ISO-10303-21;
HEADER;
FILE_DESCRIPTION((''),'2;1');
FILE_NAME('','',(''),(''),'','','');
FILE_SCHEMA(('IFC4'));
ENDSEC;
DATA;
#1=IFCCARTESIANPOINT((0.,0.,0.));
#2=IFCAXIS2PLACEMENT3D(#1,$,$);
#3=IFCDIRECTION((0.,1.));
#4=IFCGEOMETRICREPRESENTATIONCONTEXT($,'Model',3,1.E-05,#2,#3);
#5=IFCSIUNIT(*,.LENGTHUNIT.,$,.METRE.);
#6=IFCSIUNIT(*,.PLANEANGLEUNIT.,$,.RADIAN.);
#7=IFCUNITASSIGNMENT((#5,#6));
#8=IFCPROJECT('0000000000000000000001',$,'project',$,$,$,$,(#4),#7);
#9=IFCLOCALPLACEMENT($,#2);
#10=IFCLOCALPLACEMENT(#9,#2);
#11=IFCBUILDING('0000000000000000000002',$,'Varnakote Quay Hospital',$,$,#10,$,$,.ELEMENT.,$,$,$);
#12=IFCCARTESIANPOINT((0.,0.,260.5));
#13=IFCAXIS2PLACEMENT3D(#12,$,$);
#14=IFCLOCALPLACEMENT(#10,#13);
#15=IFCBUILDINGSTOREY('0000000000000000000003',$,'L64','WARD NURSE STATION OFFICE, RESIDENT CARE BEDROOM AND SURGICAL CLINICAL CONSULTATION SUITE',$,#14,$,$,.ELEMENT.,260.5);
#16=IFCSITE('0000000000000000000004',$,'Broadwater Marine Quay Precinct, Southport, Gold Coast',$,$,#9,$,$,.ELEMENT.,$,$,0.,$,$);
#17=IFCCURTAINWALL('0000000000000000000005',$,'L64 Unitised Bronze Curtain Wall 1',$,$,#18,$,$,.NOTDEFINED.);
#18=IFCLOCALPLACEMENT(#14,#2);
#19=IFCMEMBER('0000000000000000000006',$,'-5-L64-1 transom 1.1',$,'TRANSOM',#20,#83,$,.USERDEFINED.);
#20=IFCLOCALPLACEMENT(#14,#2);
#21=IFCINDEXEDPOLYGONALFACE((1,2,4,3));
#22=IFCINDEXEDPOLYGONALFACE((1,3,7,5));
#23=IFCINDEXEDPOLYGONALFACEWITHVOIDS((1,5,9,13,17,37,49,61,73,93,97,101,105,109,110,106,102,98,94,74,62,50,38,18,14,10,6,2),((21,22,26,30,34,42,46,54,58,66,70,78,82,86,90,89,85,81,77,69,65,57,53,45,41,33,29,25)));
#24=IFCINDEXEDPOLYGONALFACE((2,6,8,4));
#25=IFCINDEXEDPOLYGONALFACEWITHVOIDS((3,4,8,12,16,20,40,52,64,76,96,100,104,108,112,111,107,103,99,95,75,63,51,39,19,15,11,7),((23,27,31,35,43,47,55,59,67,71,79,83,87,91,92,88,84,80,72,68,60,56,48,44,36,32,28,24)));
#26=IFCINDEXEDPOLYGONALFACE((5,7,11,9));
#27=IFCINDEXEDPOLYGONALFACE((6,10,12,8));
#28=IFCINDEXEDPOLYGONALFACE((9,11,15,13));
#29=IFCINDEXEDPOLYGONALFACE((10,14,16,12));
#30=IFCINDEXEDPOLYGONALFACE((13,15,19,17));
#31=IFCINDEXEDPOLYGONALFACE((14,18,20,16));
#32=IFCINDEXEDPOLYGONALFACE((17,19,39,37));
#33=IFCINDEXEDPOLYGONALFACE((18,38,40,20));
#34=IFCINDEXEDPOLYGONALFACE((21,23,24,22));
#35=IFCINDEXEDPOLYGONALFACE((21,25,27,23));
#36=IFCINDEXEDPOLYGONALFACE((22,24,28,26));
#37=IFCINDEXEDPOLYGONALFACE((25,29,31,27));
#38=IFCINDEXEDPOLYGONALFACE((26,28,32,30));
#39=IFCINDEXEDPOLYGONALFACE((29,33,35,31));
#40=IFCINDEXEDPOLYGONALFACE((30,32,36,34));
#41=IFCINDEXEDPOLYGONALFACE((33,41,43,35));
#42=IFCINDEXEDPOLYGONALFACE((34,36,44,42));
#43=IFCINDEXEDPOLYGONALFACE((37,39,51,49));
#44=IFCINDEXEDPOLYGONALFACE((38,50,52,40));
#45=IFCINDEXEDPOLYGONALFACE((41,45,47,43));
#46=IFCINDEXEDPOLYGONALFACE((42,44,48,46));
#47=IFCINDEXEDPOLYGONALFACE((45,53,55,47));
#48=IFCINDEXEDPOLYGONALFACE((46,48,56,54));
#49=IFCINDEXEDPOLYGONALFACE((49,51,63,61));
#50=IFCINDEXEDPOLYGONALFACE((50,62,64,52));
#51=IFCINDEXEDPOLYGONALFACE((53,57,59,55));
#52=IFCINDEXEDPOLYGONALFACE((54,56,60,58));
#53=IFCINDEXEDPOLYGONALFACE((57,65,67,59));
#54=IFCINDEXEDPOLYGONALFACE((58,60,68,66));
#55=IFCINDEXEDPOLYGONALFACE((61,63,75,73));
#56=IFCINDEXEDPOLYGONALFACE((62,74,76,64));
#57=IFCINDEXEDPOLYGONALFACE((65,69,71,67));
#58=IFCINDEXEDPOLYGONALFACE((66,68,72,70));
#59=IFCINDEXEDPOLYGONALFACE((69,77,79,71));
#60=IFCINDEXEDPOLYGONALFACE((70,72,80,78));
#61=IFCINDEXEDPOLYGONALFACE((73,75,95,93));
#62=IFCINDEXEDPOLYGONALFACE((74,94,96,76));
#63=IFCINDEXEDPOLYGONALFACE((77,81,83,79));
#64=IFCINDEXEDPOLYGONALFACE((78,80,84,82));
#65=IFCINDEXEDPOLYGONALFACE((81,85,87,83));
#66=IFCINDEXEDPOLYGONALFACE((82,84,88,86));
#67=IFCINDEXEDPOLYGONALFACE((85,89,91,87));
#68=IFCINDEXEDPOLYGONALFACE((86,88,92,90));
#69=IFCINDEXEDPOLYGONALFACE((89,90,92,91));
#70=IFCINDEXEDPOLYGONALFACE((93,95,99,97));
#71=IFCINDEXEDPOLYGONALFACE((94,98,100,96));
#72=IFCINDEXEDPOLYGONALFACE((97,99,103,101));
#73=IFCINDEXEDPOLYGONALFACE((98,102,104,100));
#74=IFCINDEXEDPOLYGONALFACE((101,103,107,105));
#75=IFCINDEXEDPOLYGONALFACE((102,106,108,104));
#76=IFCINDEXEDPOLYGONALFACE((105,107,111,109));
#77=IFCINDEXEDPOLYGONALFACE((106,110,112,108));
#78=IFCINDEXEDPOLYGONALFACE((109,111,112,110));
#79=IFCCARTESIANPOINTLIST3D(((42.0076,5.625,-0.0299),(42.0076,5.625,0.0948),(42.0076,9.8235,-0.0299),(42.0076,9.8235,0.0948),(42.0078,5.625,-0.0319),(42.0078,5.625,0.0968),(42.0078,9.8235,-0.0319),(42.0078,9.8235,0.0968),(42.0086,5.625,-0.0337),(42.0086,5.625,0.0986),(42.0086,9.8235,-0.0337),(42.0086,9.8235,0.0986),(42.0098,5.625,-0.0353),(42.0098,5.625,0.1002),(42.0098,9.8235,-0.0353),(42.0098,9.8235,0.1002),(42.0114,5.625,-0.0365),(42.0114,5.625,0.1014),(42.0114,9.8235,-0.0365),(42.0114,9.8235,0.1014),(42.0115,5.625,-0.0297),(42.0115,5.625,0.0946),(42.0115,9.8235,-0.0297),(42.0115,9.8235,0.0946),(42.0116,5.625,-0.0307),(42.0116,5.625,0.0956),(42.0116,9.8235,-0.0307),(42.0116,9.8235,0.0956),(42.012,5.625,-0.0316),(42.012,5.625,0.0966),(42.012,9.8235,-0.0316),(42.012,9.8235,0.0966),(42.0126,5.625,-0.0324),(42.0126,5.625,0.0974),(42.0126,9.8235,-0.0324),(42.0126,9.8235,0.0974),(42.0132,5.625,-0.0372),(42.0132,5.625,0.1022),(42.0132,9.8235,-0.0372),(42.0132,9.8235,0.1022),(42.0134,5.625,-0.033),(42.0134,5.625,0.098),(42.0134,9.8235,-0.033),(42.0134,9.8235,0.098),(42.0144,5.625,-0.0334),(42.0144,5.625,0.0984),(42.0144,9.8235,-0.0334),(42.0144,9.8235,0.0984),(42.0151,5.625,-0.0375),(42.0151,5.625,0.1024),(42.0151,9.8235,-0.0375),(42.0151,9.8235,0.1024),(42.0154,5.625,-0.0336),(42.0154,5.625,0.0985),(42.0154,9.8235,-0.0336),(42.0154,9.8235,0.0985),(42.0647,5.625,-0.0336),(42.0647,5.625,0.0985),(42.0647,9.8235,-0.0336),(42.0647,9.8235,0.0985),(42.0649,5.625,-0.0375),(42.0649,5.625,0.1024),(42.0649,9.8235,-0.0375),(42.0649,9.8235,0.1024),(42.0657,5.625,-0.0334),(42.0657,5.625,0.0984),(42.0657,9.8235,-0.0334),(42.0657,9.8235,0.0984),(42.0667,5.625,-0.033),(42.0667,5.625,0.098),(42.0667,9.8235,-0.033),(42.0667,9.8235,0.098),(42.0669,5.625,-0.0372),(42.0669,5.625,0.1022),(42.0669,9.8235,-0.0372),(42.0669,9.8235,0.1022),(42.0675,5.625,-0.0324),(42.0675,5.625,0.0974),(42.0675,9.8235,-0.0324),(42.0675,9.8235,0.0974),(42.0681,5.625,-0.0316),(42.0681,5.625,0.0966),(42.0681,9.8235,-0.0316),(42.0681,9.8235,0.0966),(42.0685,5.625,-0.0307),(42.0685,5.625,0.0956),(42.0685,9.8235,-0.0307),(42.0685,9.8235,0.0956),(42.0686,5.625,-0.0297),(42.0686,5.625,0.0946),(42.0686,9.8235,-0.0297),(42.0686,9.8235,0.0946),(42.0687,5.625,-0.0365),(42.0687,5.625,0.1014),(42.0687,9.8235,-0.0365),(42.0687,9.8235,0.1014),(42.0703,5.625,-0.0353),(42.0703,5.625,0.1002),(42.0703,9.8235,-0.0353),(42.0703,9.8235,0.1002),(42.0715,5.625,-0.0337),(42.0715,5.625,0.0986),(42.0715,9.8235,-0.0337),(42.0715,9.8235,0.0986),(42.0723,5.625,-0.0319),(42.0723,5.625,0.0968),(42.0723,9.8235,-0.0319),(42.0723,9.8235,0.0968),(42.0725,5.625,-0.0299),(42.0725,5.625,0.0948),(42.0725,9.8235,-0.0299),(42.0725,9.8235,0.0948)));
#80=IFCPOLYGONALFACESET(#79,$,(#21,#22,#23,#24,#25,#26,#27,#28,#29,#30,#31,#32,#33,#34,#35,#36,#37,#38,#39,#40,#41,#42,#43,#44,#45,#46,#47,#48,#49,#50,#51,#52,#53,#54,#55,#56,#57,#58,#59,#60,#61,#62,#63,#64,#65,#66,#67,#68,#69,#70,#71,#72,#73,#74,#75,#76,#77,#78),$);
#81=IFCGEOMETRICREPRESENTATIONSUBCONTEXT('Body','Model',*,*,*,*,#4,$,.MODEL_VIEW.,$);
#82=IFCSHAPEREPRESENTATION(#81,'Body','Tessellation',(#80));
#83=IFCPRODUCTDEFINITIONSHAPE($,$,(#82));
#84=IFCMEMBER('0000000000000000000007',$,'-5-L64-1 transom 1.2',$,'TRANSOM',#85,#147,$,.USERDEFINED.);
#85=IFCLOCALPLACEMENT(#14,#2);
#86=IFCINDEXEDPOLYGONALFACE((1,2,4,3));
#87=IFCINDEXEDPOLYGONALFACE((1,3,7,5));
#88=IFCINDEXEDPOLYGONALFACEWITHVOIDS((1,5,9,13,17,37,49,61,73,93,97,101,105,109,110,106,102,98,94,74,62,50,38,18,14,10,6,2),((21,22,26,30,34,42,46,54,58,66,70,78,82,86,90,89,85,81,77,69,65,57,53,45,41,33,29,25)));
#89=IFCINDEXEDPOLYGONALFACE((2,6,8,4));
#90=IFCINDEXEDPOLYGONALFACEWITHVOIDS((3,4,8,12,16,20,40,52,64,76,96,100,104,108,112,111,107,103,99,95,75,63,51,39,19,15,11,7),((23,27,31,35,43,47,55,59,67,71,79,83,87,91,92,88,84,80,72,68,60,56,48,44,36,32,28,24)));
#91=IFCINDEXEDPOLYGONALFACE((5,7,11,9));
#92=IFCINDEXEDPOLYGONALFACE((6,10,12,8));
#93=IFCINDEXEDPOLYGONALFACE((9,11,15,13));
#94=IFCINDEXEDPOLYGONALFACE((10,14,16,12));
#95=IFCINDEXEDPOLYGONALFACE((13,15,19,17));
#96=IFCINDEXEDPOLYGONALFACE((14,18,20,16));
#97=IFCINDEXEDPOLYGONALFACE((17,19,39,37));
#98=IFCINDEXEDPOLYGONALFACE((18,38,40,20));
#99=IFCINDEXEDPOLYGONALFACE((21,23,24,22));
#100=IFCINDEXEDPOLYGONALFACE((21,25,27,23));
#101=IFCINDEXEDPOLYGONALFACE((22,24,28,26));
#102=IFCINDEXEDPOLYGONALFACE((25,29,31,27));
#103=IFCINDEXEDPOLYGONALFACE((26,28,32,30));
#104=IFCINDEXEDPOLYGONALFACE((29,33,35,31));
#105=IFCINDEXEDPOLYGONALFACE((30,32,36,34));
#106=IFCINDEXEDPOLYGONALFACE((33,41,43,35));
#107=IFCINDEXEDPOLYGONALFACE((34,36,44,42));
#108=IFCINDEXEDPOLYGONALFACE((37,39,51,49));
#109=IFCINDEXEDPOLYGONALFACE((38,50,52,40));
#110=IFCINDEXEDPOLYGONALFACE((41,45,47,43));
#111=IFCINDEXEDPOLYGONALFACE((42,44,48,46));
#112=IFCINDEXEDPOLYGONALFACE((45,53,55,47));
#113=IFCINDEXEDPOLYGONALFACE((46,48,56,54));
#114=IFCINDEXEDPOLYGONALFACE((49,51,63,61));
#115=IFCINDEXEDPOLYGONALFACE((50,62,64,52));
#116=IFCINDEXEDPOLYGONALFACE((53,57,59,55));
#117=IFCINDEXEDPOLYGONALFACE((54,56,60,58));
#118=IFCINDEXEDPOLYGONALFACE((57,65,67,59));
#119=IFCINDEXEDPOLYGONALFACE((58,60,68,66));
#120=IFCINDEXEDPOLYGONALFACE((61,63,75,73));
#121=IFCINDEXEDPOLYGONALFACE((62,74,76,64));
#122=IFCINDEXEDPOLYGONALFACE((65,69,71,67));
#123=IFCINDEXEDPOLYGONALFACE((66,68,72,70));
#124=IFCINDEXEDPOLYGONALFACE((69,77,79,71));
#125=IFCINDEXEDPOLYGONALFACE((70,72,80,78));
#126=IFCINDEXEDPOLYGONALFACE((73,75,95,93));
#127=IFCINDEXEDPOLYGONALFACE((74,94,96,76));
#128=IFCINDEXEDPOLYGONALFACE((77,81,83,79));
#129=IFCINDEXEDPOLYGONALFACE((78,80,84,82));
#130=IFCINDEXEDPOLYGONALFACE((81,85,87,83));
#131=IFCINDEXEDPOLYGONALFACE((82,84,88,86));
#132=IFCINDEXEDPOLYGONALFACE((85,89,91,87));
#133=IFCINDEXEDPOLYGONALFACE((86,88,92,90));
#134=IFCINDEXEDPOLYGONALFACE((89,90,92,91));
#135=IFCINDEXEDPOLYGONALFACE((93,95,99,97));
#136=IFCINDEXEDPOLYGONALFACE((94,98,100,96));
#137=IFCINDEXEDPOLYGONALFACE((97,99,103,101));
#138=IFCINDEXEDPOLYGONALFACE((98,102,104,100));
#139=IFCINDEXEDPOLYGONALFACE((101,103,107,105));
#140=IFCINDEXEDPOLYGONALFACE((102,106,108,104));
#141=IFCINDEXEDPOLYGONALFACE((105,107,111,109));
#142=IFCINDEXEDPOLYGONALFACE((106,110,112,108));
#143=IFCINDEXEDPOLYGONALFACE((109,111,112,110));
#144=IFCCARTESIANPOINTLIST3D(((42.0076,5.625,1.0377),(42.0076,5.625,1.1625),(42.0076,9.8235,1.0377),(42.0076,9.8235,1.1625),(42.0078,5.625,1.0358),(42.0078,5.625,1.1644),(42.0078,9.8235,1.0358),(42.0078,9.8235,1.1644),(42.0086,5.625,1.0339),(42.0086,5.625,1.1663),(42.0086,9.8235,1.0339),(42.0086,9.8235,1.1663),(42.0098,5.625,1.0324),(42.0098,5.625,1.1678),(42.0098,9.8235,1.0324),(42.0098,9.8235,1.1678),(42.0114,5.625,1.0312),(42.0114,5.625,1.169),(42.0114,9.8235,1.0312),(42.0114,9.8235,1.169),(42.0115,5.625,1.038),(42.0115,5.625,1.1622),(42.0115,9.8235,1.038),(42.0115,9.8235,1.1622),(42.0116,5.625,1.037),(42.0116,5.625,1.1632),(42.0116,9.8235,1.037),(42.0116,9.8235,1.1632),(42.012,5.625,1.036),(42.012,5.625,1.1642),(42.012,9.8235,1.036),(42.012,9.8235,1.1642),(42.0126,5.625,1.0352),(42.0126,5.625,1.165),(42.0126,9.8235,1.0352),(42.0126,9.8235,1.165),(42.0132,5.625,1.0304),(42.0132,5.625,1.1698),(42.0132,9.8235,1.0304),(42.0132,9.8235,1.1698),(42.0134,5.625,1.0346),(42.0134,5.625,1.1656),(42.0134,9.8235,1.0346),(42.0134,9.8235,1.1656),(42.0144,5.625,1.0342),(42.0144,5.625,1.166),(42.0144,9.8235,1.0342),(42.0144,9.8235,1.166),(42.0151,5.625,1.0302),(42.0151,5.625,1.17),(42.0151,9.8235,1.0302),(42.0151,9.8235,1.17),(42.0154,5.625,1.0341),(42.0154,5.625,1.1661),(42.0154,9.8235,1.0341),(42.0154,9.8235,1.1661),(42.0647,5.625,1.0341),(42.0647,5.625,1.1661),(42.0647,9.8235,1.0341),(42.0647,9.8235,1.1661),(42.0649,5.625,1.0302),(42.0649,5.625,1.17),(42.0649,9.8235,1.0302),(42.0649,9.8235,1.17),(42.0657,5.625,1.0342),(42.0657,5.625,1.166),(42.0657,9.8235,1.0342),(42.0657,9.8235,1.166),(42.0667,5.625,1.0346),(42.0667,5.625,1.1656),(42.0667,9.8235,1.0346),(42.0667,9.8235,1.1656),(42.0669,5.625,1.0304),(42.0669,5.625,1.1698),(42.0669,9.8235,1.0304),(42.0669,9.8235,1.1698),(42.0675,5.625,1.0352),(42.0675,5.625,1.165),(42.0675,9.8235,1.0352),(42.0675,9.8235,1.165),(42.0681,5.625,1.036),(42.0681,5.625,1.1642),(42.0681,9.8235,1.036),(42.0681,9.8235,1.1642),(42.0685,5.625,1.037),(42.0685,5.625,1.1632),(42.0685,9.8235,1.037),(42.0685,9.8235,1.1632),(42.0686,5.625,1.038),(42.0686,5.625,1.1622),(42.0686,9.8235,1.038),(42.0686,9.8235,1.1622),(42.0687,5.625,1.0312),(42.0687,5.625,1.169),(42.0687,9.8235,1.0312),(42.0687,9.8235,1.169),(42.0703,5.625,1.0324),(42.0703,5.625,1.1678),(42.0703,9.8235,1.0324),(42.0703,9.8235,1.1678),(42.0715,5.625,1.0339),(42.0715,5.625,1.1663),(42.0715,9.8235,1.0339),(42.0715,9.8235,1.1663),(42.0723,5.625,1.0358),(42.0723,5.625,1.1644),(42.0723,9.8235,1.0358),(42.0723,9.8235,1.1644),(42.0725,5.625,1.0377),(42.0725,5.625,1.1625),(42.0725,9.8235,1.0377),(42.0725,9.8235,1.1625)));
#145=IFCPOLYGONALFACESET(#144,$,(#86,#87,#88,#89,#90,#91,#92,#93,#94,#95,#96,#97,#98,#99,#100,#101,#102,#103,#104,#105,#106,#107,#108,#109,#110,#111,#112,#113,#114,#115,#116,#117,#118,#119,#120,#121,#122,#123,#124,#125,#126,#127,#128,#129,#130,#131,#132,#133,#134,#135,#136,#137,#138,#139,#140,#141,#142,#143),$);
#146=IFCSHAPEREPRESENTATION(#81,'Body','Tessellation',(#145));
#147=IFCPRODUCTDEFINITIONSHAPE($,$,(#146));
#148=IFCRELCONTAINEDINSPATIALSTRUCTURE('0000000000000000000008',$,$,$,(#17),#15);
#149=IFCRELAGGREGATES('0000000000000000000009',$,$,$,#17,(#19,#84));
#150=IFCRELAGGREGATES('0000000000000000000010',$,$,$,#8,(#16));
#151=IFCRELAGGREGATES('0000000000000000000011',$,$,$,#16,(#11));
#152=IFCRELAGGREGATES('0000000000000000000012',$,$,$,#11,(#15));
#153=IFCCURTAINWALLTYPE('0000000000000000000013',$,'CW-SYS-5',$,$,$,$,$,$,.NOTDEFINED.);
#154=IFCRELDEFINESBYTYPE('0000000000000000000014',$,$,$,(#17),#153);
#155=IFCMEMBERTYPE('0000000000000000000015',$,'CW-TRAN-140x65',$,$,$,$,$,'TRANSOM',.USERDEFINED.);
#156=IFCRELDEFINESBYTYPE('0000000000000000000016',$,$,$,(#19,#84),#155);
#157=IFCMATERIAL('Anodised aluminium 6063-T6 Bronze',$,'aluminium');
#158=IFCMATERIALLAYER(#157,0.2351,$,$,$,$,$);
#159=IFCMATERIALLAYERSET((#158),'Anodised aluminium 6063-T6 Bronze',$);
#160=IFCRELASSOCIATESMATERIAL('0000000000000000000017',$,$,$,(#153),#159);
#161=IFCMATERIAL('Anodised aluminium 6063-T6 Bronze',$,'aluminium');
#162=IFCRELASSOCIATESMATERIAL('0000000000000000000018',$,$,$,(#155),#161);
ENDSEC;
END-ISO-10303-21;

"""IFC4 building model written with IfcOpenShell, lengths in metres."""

from ifc_helpers import new_model, si_unit, direction, frame, origin, origin_2d, place, context, subcontext, project, spatial, hollow_rectangle, extrude, material, layer, layer_set, material_profile, profile_set, type_object, element, aggregate, save


model = new_model("IFC4")

# Units and contexts
model_context = context("Model", 3, precision=1e-05, world=origin(), true_north=direction((0.0, 1.0)))
body_context = subcontext(model_context, "Body", "Model", "MODEL_VIEW")
ifc_project = project(units=[si_unit("LENGTHUNIT", "METRE"), si_unit("PLANEANGLEUNIT", "RADIAN")], contexts=[model_context])

# Site, building, storey
site_placement = place(None, origin())
site = spatial("IfcSite", under=ifc_project, at=site_placement, Name="Broadwater Marine Quay Precinct, Southport, Gold Coast", CompositionType="ELEMENT", RefElevation=0.0)
building_placement = place(site_placement, origin())
building = spatial("IfcBuilding", under=site, at=building_placement, Name="Varnakote Quay Hospital", CompositionType="ELEMENT")
storey_placement = place(building_placement, frame((0.0, 0.0, 260.5)))
storey = spatial("IfcBuildingStorey", under=building, at=storey_placement, Name="L64", Description="WARD NURSE STATION OFFICE, RESIDENT CARE BEDROOM AND SURGICAL CLINICAL CONSULTATION SUITE", CompositionType="ELEMENT", Elevation=260.5)

# Curtain wall, members
ifc_material_1 = material(Name="Anodised aluminium 6063-T6 Bronze", Category="aluminium")
ifc_layer_1 = layer(ifc_material_1, 0.2351)
ifc_layer_set_1 = layer_set([ifc_layer_1], Name="Anodised aluminium 6063-T6 Bronze")
curtain_wall_type = type_object("IfcCurtainWallType", Name="CW-SYS-5", PredefinedType="NOTDEFINED", material=ifc_layer_set_1)
curtain_wall_placement = place(storey_placement, origin())
curtain_wall = element("IfcCurtainWall", 1, at=curtain_wall_placement, inside=storey, type_object=curtain_wall_type, Name="L64 Unitised Bronze Curtain Wall 1", PredefinedType="NOTDEFINED")
ifc_material_2 = material(Name="Anodised aluminium 6063-T6 Bronze", Category="aluminium")
ifc_material_profile_1 = material_profile(ifc_material_2, hollow_rectangle(XDim=0.0649, YDim=0.1399, WallThickness=0.0039, InnerFilletRadius=0.0039, OuterFilletRadius=0.0076, at=origin_2d()), Name="CW-TRAN-140x65")
ifc_profile_set_1 = profile_set([ifc_material_profile_1], Name="Anodised aluminium 6063-T6 Bronze")
member_type_1 = type_object("IfcMemberType", Name="CW-TRAN-140x65", ElementType="TRANSOM", PredefinedType="USERDEFINED", material=ifc_profile_set_1)
member_1_placement = place(storey_placement, frame((42.04, 5.625, 0.0325), z_axis=(0.0, 1.0, 0.0), x_axis=(-1.0, 0.0, 0.0)))
member_1 = element("IfcMember", 2, at=member_1_placement, type_object=member_type_1, Name="-5-L64-1 transom 1.1", ObjectType="TRANSOM", PredefinedType="USERDEFINED", context=body_context, shape_type="SweptSolid", body=[
    extrude(hollow_rectangle(XDim=0.0649, YDim=0.1399, WallThickness=0.0039, InnerFilletRadius=0.0039, OuterFilletRadius=0.0076, at=origin_2d()), origin(), (0.0, 0.0, 1.0), 4.1985),
])
member_2_placement = place(storey_placement, frame((42.04, 5.625, 1.1001), z_axis=(0.0, 1.0, 0.0), x_axis=(-1.0, 0.0, 0.0)))
member_2 = element("IfcMember", 3, at=member_2_placement, type_object=member_type_1, Name="-5-L64-1 transom 1.2", ObjectType="TRANSOM", PredefinedType="USERDEFINED", context=body_context, shape_type="SweptSolid", body=[
    extrude(hollow_rectangle(XDim=0.0649, YDim=0.1399, WallThickness=0.0039, InnerFilletRadius=0.0039, OuterFilletRadius=0.0076, at=origin_2d()), origin(), (0.0, 0.0, 1.0), 4.1985),
])
aggregate(curtain_wall, [member_1, member_2])

save(model, "model.ifc")
